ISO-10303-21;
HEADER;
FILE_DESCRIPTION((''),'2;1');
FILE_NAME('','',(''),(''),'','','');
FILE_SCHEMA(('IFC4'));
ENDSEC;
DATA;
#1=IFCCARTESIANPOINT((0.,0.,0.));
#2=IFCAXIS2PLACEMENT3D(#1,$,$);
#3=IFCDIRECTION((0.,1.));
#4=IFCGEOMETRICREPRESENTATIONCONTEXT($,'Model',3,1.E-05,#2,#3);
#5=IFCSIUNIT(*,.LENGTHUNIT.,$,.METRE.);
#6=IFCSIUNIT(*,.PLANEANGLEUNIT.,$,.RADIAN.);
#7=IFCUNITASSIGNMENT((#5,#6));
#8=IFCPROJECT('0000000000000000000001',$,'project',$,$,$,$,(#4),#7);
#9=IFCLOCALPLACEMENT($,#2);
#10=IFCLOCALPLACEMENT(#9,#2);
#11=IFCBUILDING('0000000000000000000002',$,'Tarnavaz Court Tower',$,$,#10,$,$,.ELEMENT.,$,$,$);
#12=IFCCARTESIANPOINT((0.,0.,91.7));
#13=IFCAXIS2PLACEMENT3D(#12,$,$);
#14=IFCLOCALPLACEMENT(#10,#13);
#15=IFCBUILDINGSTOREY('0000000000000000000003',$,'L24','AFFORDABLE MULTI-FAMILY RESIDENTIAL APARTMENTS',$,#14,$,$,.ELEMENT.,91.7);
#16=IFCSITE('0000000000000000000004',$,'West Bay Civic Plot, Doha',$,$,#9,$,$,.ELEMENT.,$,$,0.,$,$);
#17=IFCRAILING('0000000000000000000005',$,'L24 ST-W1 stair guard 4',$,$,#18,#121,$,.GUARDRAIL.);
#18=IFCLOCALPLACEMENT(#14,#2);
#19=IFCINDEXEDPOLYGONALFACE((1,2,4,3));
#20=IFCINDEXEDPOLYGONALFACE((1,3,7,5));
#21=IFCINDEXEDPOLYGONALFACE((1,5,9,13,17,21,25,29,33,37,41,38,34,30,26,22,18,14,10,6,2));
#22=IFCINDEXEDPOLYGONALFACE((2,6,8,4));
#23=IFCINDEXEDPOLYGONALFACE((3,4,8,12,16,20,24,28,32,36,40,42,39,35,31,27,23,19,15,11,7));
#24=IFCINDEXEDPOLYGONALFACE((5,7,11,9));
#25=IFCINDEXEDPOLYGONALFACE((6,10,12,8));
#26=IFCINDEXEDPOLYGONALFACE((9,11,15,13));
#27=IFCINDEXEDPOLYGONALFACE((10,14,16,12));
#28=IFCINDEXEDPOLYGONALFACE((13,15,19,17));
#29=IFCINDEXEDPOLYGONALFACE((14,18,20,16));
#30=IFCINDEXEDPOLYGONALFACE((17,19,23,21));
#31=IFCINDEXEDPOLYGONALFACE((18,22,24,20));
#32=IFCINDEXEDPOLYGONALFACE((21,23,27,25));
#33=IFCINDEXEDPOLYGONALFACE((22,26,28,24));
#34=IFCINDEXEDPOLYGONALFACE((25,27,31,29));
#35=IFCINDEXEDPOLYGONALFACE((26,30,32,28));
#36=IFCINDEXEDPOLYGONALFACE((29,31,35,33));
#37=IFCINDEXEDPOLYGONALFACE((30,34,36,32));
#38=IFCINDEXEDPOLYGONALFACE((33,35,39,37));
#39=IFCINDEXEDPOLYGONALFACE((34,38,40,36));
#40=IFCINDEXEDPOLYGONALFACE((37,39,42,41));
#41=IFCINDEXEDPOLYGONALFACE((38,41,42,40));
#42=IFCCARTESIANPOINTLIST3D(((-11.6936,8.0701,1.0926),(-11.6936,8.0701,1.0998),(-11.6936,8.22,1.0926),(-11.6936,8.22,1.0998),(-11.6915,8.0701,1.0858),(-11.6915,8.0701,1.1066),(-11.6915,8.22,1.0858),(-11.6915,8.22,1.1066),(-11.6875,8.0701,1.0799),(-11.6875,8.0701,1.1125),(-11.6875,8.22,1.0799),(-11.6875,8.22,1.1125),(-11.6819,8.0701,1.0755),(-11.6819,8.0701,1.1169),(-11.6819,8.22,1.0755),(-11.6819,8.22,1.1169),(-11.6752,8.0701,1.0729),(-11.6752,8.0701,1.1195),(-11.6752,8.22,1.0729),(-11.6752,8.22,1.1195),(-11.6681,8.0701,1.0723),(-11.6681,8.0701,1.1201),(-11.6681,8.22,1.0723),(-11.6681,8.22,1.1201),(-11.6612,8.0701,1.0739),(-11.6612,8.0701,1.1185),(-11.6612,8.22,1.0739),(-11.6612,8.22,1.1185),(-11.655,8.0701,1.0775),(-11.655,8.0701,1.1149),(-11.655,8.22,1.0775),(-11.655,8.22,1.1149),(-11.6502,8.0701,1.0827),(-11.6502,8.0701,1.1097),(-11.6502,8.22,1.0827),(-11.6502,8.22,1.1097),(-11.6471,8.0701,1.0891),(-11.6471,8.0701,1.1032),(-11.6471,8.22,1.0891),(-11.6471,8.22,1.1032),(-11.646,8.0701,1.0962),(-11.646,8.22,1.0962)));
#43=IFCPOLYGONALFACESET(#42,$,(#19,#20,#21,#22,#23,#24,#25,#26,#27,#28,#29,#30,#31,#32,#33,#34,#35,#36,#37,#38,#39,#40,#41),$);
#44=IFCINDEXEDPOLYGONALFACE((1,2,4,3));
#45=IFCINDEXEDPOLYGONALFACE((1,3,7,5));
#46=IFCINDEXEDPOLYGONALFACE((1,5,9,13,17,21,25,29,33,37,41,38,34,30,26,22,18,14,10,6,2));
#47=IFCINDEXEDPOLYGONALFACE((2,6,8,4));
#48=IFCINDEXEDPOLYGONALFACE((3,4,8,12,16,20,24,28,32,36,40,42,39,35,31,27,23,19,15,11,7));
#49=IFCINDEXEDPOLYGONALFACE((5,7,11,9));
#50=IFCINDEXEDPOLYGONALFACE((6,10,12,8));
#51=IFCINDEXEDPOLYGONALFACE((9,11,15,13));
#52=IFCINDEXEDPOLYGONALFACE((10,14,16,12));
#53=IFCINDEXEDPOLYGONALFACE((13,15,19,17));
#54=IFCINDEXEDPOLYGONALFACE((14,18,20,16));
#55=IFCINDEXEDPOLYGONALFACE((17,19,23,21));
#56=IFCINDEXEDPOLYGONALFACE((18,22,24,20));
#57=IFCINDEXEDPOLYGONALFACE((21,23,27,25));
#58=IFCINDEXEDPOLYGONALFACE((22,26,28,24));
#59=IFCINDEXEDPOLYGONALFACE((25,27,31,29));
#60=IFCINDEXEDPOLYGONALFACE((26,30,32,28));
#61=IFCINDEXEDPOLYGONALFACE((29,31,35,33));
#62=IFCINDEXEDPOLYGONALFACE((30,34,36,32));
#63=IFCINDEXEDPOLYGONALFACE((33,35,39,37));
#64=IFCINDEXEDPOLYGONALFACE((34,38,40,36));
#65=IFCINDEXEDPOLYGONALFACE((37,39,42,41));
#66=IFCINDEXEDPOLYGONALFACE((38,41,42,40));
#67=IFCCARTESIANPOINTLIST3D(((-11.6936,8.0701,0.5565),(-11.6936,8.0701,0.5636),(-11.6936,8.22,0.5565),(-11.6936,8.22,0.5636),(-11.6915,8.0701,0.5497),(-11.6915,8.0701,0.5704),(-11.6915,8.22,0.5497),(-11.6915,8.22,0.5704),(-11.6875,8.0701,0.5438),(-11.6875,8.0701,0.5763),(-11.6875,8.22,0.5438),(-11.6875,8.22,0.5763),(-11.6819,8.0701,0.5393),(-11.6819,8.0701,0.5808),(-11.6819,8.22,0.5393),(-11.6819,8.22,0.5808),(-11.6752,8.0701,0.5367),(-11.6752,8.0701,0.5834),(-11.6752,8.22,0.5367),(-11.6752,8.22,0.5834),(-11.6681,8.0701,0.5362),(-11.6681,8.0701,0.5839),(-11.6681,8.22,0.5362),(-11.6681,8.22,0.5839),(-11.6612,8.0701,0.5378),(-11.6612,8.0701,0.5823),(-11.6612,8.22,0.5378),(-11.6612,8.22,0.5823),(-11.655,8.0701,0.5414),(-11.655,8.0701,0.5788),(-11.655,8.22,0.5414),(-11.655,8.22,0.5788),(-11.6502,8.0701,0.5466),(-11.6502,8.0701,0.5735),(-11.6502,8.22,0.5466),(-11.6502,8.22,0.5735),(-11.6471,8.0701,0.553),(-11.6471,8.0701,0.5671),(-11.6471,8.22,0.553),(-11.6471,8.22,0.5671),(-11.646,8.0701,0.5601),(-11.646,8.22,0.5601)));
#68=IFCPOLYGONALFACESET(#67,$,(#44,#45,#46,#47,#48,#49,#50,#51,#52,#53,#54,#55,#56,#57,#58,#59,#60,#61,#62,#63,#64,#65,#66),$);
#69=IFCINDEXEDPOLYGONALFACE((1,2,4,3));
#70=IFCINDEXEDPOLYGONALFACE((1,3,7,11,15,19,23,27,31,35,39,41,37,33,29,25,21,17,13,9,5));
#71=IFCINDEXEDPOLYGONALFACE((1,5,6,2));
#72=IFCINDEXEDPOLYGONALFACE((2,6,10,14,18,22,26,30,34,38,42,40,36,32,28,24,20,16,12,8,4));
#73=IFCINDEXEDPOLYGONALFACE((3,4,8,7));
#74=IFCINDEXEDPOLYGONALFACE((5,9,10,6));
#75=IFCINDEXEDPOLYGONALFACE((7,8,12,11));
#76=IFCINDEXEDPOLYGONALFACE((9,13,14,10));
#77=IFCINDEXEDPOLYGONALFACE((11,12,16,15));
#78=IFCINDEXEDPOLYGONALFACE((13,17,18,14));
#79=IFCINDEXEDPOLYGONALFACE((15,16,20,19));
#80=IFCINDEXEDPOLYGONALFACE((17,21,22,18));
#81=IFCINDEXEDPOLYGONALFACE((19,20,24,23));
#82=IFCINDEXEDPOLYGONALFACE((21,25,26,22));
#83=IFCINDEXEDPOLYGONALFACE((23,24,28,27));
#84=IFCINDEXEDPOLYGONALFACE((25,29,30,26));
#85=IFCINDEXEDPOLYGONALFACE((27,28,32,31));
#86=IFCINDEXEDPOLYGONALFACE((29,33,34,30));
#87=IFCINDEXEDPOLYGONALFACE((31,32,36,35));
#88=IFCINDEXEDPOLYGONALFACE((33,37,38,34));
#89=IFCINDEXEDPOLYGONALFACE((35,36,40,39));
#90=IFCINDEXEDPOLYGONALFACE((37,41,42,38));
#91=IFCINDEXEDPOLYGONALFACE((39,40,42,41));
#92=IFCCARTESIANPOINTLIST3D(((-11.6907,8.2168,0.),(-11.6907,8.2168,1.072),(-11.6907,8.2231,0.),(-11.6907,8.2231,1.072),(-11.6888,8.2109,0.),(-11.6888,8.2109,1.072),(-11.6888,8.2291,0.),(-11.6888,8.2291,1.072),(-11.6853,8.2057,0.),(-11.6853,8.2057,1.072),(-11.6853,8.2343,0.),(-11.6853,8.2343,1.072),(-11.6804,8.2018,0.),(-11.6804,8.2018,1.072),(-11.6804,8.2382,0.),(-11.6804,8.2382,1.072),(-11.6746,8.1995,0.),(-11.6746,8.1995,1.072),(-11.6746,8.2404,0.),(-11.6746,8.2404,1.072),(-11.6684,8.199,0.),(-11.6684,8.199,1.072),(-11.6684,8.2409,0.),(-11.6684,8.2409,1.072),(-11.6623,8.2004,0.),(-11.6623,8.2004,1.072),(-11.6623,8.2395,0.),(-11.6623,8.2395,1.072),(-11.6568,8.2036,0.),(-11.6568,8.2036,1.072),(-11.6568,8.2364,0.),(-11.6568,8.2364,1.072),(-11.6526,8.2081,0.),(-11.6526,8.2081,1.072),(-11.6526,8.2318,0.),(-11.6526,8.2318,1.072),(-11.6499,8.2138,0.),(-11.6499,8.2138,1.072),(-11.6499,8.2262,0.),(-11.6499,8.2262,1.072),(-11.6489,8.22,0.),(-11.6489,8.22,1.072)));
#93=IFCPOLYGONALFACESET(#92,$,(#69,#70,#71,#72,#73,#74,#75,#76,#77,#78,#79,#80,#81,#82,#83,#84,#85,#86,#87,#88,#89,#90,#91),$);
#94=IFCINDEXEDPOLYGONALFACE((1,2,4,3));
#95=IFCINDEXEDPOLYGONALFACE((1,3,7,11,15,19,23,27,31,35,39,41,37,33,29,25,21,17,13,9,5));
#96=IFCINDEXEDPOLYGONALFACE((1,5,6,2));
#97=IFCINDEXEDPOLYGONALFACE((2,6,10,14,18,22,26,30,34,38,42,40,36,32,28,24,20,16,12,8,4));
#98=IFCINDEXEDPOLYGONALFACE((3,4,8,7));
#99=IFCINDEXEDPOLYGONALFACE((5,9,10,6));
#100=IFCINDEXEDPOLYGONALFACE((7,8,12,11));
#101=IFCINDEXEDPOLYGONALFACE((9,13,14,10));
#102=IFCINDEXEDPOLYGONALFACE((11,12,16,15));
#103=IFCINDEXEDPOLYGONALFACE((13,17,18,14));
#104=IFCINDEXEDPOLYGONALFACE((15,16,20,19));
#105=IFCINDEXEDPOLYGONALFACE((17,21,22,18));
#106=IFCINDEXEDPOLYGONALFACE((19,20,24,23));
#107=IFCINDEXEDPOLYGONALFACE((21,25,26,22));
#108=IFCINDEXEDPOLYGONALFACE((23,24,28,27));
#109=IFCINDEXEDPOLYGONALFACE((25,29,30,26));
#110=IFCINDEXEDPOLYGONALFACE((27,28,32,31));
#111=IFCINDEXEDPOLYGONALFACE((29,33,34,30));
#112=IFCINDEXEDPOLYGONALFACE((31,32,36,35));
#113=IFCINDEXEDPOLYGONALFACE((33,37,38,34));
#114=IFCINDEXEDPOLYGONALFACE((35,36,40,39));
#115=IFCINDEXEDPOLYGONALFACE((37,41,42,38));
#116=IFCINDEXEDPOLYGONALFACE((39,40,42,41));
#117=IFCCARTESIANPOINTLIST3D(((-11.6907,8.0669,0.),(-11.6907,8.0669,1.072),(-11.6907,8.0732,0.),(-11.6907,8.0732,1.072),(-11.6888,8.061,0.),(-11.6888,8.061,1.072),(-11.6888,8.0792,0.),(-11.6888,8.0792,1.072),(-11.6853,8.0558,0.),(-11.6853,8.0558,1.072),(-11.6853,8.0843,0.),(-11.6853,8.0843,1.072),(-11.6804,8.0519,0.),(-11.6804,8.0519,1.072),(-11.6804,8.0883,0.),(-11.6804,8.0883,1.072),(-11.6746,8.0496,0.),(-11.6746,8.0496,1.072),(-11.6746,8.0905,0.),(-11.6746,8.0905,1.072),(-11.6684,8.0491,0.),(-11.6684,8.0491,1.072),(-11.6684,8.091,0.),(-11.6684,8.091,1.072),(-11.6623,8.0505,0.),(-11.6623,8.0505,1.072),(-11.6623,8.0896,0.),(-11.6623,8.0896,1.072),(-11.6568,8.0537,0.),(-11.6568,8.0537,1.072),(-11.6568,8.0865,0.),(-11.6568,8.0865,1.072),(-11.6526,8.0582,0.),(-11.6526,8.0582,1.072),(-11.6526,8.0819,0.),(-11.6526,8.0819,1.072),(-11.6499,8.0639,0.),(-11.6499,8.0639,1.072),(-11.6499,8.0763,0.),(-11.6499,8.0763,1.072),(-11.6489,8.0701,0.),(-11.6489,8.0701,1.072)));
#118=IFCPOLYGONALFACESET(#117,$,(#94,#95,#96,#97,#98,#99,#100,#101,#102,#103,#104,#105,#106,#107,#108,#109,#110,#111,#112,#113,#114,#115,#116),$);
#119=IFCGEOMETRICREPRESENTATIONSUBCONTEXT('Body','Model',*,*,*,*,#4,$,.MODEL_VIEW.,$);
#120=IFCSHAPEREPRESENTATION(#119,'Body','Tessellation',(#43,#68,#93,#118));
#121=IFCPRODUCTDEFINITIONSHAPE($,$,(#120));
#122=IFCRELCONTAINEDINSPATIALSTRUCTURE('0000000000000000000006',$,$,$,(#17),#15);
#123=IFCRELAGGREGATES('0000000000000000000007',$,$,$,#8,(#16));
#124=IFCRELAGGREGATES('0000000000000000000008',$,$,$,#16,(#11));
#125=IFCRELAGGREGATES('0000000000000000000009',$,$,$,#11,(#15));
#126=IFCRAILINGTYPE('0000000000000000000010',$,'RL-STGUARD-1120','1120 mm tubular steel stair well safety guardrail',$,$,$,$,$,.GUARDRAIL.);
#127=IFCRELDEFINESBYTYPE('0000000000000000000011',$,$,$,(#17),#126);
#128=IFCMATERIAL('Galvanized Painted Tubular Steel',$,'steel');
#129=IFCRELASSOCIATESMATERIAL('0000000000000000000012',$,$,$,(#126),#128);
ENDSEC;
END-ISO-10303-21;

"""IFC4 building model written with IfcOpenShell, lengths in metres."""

from ifc_helpers import new_model, si_unit, direction, frame, origin, origin_2d, place, context, subcontext, project, spatial, circle, extrude, material, type_object, element, save


model = new_model("IFC4")

# Units and contexts
model_context = context("Model", 3, precision=1e-05, world=origin(), true_north=direction((0.0, 1.0)))
body_context = subcontext(model_context, "Body", "Model", "MODEL_VIEW")
ifc_project = project(units=[si_unit("LENGTHUNIT", "METRE"), si_unit("PLANEANGLEUNIT", "RADIAN")], contexts=[model_context])

# Site, building, storey
site_placement = place(None, origin())
site = spatial("IfcSite", under=ifc_project, at=site_placement, Name="West Bay Civic Plot, Doha", CompositionType="ELEMENT", RefElevation=0.0)
building_placement = place(site_placement, origin())
building = spatial("IfcBuilding", under=site, at=building_placement, Name="Tarnavaz Court Tower", CompositionType="ELEMENT")
storey_placement = place(building_placement, frame((0.0, 0.0, 91.7)))
storey = spatial("IfcBuildingStorey", under=building, at=storey_placement, Name="L24", Description="AFFORDABLE MULTI-FAMILY RESIDENTIAL APARTMENTS", CompositionType="ELEMENT", Elevation=91.7)

# Railing
ifc_material_1 = material(Name="Galvanized Painted Tubular Steel", Category="steel")
railing_type_1 = type_object("IfcRailingType", Name="RL-STGUARD-1120", Description="1120 mm tubular steel stair well safety guardrail", PredefinedType="GUARDRAIL", material=ifc_material_1)
railing_1_placement = place(storey_placement, frame((-11.6699, 8.22, 0.0)))
element("IfcRailing", 1, at=railing_1_placement, inside=storey, type_object=railing_type_1, Name="L24 ST-W1 stair guard 4", PredefinedType="GUARDRAIL", context=body_context, shape_type="SweptSolid", body=[
    extrude(circle(Radius=0.0239, at=origin_2d()), frame((0.0, 0.0, 1.0962), z_axis=(0.0, -1.0, 0.0), x_axis=(1.0, 0.0, 0.0)), (0.0, 0.0, 1.0), 0.1499),
    extrude(circle(Radius=0.0239, at=origin_2d()), frame((0.0, 0.0, 0.5601), z_axis=(0.0, -1.0, 0.0), x_axis=(1.0, 0.0, 0.0)), (0.0, 0.0, 1.0), 0.1499),
    extrude(circle(Radius=0.021, at=origin_2d()), origin(), (0.0, 0.0, 1.0), 1.072),
    extrude(circle(Radius=0.021, at=origin_2d()), frame((0.0, -0.1499, 0.0)), (0.0, 0.0, 1.0), 1.072),
])

save(model, "model.ifc")
